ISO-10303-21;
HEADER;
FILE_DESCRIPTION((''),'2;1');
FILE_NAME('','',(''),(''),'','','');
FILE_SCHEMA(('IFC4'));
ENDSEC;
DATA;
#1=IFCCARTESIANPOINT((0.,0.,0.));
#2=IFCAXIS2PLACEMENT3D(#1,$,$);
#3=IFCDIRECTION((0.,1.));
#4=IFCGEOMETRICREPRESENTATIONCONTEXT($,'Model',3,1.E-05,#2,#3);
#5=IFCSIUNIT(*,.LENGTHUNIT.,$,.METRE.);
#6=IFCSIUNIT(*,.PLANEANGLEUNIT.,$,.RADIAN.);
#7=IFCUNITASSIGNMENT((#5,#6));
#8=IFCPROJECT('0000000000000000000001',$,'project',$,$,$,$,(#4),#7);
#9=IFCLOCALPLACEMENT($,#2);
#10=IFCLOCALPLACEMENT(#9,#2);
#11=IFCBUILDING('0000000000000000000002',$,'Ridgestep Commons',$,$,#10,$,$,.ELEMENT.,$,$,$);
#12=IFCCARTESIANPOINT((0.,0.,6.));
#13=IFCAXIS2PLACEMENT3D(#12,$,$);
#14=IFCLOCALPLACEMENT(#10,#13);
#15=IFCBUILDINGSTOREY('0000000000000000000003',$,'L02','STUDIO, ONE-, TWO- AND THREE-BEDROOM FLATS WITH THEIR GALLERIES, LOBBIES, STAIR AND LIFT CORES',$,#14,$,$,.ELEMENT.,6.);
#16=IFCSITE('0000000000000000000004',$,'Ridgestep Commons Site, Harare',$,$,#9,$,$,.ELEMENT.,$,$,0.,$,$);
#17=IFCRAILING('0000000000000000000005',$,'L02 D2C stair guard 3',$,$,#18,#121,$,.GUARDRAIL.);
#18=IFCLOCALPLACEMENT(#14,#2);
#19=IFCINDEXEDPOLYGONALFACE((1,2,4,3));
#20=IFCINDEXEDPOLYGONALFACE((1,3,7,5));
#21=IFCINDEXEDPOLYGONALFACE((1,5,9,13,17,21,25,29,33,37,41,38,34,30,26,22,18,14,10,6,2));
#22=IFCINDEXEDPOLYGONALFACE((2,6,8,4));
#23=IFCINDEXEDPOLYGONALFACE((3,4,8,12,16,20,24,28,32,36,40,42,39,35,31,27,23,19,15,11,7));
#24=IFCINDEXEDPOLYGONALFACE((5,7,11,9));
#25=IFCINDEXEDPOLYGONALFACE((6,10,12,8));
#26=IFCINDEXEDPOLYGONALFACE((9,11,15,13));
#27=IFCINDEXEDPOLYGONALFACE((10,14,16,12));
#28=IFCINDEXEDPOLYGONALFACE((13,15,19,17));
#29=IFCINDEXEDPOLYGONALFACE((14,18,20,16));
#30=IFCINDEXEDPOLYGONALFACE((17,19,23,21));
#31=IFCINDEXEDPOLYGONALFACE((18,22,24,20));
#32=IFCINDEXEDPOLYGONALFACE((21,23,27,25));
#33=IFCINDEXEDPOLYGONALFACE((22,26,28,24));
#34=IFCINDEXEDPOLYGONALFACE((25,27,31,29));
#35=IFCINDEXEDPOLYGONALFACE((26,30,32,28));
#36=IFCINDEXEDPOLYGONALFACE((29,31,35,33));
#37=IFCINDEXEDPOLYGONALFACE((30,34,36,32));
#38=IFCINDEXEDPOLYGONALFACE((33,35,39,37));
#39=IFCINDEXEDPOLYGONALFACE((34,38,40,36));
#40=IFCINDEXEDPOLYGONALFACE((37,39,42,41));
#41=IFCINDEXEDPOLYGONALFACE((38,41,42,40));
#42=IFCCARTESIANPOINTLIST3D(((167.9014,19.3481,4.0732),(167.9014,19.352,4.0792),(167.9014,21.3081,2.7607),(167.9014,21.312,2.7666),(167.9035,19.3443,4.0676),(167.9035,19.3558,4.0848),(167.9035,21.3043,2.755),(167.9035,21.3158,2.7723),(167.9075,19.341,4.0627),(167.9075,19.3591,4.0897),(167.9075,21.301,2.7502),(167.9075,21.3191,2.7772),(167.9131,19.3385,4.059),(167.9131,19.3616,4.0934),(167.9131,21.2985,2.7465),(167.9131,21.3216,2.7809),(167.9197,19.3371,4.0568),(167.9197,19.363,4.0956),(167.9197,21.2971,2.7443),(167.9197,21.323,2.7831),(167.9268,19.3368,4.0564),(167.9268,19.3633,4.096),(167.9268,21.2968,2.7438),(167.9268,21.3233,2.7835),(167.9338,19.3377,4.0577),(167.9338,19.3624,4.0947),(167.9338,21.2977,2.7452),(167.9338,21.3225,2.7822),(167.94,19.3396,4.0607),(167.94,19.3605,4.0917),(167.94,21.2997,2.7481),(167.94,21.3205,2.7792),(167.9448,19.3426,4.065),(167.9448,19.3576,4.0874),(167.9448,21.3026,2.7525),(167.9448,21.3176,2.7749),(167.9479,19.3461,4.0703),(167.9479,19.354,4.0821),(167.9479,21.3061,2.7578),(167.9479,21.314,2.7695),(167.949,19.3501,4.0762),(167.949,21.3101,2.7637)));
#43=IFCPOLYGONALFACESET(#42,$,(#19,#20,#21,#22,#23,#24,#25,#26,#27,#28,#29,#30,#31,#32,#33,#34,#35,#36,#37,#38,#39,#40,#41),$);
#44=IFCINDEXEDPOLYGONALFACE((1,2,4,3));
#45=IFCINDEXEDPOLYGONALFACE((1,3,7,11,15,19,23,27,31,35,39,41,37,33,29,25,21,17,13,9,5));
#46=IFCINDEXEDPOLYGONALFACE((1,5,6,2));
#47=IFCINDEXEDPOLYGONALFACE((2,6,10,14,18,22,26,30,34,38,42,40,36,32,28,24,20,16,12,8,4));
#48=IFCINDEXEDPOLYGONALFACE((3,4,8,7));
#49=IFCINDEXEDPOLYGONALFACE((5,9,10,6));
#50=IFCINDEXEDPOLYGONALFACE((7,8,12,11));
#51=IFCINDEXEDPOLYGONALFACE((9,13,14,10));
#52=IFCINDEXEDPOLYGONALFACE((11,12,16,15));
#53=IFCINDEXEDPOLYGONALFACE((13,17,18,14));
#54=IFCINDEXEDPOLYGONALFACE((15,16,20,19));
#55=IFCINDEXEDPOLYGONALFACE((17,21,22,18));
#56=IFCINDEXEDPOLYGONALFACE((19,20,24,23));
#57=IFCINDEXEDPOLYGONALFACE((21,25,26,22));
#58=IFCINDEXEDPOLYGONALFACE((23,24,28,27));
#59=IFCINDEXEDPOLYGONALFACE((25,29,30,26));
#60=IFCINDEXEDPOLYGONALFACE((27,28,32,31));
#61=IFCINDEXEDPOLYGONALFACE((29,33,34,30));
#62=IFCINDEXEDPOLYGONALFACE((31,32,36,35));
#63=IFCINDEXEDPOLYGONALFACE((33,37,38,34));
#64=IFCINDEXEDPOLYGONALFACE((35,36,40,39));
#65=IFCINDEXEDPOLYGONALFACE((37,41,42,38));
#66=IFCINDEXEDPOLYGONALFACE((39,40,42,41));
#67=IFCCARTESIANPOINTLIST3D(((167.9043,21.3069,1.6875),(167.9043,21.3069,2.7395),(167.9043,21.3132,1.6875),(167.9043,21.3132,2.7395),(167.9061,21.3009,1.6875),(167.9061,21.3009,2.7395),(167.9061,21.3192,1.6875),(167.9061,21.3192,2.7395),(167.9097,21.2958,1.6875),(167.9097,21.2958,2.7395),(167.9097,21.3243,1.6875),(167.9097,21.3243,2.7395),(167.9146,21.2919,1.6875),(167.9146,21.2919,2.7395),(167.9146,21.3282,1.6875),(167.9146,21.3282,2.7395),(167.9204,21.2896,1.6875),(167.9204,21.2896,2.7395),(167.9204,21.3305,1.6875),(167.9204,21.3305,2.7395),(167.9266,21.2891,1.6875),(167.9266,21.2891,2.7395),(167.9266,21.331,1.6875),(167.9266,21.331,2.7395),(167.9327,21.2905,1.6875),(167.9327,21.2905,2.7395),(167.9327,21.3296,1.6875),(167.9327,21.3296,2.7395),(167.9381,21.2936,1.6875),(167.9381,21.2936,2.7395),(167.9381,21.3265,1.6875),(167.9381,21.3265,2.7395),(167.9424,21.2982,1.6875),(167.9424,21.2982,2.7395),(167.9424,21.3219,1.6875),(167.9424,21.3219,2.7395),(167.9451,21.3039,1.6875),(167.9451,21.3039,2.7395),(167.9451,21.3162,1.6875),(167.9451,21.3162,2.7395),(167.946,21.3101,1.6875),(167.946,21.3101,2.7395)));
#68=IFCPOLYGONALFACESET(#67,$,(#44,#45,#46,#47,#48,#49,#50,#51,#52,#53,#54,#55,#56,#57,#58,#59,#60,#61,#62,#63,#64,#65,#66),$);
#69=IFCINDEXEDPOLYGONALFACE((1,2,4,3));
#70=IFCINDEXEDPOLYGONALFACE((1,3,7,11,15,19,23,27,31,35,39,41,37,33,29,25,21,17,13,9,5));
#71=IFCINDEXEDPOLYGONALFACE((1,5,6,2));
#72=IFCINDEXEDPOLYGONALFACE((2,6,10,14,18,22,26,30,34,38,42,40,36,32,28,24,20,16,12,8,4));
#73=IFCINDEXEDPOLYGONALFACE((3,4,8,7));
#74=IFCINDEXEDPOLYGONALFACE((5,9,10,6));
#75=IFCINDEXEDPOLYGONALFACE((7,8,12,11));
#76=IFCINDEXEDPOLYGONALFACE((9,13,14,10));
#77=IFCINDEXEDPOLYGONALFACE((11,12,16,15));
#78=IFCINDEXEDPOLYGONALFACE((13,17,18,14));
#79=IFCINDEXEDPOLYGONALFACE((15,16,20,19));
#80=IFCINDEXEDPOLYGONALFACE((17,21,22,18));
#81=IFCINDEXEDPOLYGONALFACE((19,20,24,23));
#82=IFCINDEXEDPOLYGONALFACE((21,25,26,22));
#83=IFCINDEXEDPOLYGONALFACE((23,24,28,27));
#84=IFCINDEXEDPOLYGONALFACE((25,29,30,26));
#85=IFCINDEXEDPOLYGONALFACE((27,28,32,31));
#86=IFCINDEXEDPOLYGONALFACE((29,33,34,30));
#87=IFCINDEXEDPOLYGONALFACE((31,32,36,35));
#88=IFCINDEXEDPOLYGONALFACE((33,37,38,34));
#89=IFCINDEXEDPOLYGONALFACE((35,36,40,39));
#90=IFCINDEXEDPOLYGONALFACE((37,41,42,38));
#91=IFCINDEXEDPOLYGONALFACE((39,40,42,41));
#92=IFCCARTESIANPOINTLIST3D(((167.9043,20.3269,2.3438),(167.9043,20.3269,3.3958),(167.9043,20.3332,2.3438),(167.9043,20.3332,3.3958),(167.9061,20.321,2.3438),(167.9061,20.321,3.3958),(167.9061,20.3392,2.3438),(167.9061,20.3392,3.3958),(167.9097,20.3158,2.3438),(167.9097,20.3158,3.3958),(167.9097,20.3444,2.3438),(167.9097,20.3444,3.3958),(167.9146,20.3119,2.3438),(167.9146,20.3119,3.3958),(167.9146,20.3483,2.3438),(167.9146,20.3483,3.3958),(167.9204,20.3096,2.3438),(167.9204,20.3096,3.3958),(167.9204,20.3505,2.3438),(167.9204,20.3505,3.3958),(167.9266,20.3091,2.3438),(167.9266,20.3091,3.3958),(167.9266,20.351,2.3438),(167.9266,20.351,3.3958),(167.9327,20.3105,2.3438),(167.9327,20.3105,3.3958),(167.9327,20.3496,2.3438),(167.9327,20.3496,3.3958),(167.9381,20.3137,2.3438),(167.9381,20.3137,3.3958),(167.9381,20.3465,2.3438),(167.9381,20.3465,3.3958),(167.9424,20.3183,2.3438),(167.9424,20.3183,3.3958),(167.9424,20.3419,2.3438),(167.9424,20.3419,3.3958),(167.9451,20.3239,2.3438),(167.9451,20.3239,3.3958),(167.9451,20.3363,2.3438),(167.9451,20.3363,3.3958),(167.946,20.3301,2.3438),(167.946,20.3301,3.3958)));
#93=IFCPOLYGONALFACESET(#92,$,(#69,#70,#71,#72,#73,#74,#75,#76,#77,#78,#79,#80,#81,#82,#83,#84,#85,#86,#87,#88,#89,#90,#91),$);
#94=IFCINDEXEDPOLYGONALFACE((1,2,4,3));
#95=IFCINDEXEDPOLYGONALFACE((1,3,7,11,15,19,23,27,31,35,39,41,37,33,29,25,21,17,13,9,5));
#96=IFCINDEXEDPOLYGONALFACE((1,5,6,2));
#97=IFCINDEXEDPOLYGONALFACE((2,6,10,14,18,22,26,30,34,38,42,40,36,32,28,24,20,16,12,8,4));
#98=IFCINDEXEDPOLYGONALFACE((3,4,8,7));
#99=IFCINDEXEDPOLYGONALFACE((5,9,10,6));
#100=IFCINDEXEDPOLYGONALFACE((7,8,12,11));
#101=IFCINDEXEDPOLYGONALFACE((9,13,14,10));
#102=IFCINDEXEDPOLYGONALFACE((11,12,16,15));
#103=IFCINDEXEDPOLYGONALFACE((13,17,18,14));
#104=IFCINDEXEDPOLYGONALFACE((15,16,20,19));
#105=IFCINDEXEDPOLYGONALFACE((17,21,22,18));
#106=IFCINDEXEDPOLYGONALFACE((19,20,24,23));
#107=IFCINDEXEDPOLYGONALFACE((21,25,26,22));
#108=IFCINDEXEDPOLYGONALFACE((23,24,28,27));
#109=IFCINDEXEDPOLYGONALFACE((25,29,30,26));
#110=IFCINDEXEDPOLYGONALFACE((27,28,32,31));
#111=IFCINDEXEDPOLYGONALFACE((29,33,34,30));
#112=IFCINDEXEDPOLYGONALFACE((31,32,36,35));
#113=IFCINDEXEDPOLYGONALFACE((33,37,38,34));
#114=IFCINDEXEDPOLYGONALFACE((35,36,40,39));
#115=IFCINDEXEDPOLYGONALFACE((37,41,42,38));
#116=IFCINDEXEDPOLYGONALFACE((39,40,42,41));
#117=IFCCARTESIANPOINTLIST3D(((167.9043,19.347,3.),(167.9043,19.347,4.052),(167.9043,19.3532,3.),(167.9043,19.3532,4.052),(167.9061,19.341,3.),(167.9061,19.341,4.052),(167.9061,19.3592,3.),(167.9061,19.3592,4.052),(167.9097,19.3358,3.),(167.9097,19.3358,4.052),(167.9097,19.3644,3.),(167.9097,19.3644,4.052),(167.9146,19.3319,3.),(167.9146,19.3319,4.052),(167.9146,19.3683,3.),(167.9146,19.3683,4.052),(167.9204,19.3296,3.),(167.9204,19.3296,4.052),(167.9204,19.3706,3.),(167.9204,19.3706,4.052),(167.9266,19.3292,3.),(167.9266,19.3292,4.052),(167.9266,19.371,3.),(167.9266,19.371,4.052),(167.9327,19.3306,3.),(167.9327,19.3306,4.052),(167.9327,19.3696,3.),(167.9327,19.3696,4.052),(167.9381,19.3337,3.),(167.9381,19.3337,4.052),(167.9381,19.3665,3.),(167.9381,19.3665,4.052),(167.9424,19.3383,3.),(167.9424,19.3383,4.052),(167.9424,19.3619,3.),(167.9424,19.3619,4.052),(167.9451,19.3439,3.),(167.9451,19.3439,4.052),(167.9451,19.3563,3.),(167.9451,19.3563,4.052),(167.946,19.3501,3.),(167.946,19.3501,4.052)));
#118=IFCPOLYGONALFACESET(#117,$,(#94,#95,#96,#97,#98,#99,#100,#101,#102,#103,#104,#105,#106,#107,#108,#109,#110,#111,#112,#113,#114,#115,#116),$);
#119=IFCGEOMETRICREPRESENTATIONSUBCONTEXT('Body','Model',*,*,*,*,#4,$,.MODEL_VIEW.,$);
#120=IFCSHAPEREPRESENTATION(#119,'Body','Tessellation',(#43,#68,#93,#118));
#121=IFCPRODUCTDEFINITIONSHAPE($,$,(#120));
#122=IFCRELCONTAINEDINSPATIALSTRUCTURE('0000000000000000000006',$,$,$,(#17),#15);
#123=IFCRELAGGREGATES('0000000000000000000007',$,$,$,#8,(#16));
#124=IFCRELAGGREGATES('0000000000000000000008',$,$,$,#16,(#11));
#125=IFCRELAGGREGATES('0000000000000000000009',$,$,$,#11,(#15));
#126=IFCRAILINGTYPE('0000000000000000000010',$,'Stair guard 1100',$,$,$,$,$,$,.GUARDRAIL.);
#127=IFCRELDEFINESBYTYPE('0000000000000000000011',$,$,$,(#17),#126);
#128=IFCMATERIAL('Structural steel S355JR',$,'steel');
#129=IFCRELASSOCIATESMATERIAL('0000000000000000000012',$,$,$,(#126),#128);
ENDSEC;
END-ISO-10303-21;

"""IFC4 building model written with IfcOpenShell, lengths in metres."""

from ifc_helpers import new_model, si_unit, direction, frame, origin, origin_2d, place, context, subcontext, project, spatial, circle, extrude, material, type_object, element, save


model = new_model("IFC4")

# Units and contexts
model_context = context("Model", 3, precision=1e-05, world=origin(), true_north=direction((0.0, 1.0)))
body_context = subcontext(model_context, "Body", "Model", "MODEL_VIEW")
ifc_project = project(units=[si_unit("LENGTHUNIT", "METRE"), si_unit("PLANEANGLEUNIT", "RADIAN")], contexts=[model_context])

# Site, building, storey
site_placement = place(None, origin())
site = spatial("IfcSite", under=ifc_project, at=site_placement, Name="Ridgestep Commons Site, Harare", CompositionType="ELEMENT", RefElevation=0.0)
building_placement = place(site_placement, origin())
building = spatial("IfcBuilding", under=site, at=building_placement, Name="Ridgestep Commons", CompositionType="ELEMENT")
storey_placement = place(building_placement, frame((0.0, 0.0, 6.0)))
storey = spatial("IfcBuildingStorey", under=building, at=storey_placement, Name="L02", Description="STUDIO, ONE-, TWO- AND THREE-BEDROOM FLATS WITH THEIR GALLERIES, LOBBIES, STAIR AND LIFT CORES", CompositionType="ELEMENT", Elevation=6.0)

# Railing
ifc_material_1 = material(Name="Structural steel S355JR", Category="steel")
railing_type_1 = type_object("IfcRailingType", Name="Stair guard 1100", PredefinedType="GUARDRAIL", material=ifc_material_1)
railing_1_placement = place(storey_placement, frame((167.925, 21.3101, 1.6875)))
element("IfcRailing", 1, at=railing_1_placement, inside=storey, type_object=railing_type_1, Name="L02 D2C stair guard 3", PredefinedType="GUARDRAIL", context=body_context, shape_type="SweptSolid", body=[
    extrude(circle(Radius=0.0239, at=origin_2d()), frame((0.0, 0.0, 1.0762), z_axis=(0.0, -0.830902, 0.556419), x_axis=(1.0, 0.0, 0.0)), (0.0, 0.0, 1.0), 2.3589),
    extrude(circle(Radius=0.021, at=origin_2d()), origin(), (0.0, 0.0, 1.0), 1.052),
    extrude(circle(Radius=0.021, at=origin_2d()), frame((0.0, -0.98, 0.6562)), (0.0, 0.0, 1.0), 1.052),
    extrude(circle(Radius=0.021, at=origin_2d()), frame((0.0, -1.96, 1.3125)), (0.0, 0.0, 1.0), 1.052),
])

save(model, "model.ifc")
